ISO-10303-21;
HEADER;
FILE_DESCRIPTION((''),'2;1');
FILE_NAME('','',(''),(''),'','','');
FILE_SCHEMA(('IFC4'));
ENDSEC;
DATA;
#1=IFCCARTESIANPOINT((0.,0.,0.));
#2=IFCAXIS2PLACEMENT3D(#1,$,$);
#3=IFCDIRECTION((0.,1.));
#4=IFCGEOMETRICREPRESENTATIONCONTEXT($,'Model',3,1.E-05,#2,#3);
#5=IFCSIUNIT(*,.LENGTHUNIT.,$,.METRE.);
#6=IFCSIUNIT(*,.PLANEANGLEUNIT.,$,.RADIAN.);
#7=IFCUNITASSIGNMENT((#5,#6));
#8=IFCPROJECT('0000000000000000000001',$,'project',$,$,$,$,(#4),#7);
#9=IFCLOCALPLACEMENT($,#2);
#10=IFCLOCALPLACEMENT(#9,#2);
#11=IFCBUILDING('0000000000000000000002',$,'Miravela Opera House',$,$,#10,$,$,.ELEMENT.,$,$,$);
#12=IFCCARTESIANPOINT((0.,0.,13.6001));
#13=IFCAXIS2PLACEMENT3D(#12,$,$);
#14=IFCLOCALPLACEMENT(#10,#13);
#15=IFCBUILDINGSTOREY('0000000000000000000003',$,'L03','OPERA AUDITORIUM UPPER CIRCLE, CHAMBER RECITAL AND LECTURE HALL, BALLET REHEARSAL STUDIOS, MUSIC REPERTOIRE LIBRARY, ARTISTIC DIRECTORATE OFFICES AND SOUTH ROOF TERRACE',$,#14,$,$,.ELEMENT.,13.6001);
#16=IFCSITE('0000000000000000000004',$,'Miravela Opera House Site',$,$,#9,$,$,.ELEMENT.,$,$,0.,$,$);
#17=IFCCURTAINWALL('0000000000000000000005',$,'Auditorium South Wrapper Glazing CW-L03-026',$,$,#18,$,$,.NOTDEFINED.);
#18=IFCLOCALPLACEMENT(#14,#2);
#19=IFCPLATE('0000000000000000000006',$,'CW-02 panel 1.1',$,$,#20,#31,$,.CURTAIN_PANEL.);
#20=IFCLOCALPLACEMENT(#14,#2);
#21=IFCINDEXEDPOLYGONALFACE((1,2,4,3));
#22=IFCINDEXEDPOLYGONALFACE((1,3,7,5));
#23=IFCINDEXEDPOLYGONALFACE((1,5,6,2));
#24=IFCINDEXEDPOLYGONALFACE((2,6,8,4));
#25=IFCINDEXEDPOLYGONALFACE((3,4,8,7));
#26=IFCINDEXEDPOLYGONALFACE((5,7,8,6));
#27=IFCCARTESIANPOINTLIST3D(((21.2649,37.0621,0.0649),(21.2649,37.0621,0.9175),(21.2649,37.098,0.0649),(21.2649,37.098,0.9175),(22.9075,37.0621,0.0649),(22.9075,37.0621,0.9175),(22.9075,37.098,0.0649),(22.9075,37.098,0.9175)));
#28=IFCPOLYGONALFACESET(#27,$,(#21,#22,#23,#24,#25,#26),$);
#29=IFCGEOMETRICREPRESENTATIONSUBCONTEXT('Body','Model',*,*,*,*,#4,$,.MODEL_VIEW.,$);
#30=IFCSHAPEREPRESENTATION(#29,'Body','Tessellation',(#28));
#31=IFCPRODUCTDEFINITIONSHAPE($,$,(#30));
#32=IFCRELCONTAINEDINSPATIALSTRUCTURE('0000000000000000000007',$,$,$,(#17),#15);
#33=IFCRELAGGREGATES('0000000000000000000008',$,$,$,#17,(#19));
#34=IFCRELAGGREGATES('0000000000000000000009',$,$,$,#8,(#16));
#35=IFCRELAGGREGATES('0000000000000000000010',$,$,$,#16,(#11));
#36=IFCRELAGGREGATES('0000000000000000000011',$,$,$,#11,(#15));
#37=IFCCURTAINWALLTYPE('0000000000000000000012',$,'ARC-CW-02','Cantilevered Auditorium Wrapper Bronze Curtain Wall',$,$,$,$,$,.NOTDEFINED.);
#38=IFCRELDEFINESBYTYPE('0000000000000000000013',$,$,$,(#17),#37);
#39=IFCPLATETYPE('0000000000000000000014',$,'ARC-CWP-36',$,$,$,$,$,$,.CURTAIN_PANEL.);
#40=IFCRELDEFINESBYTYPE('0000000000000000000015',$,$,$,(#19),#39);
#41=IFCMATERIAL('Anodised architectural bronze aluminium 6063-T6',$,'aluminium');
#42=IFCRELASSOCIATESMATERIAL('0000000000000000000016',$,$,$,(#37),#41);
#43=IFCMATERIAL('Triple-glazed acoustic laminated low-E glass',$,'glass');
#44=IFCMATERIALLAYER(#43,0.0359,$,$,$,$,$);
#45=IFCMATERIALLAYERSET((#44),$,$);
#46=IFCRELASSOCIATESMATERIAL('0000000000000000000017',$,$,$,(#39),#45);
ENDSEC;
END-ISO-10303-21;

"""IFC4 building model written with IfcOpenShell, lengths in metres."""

from ifc_helpers import new_model, si_unit, direction, frame, origin, origin_2d, place, context, subcontext, project, spatial, rectangle, extrude, material, layer, layer_set, type_object, element, aggregate, save


model = new_model("IFC4")

# Units and contexts
model_context = context("Model", 3, precision=1e-05, world=origin(), true_north=direction((0.0, 1.0)))
body_context = subcontext(model_context, "Body", "Model", "MODEL_VIEW")
ifc_project = project(units=[si_unit("LENGTHUNIT", "METRE"), si_unit("PLANEANGLEUNIT", "RADIAN")], contexts=[model_context])

# Site, building, storey
site_placement = place(None, origin())
site = spatial("IfcSite", under=ifc_project, at=site_placement, Name="Miravela Opera House Site", CompositionType="ELEMENT", RefElevation=0.0)
building_placement = place(site_placement, origin())
building = spatial("IfcBuilding", under=site, at=building_placement, Name="Miravela Opera House", CompositionType="ELEMENT")
storey_placement = place(building_placement, frame((0.0, 0.0, 13.6001)))
storey = spatial("IfcBuildingStorey", under=building, at=storey_placement, Name="L03", Description="OPERA AUDITORIUM UPPER CIRCLE, CHAMBER RECITAL AND LECTURE HALL, BALLET REHEARSAL STUDIOS, MUSIC REPERTOIRE LIBRARY, ARTISTIC DIRECTORATE OFFICES AND SOUTH ROOF TERRACE", CompositionType="ELEMENT", Elevation=13.6001)

# Shared definitions
ifc_material_1 = material(Name="Anodised architectural bronze aluminium 6063-T6", Category="aluminium")
curtain_wall_type = type_object("IfcCurtainWallType", Name="ARC-CW-02", Description="Cantilevered Auditorium Wrapper Bronze Curtain Wall", PredefinedType="NOTDEFINED", material=ifc_material_1)

# Curtain wall
curtain_wall_1_placement = place(storey_placement, origin())
curtain_wall_1 = element("IfcCurtainWall", 1, at=curtain_wall_1_placement, inside=storey, type_object=curtain_wall_type, Name="Auditorium South Wrapper Glazing CW-L03-026", PredefinedType="NOTDEFINED")

# Plate
ifc_material_2 = material(Name="Triple-glazed acoustic laminated low-E glass", Category="glass")
ifc_layer = layer(ifc_material_2, 0.0359)
ifc_layer_set = layer_set([ifc_layer])
plate_type = type_object("IfcPlateType", Name="ARC-CWP-36", PredefinedType="CURTAIN_PANEL", material=ifc_layer_set)
plate_1_placement = place(storey_placement, frame((22.0862, 37.0801, 0.0649), z_axis=(0.0, 0.0, 1.0), x_axis=(1.0, 0.0, 0.0)))
plate_1 = element("IfcPlate", 2, at=plate_1_placement, type_object=plate_type, Name="CW-02 panel 1.1", PredefinedType="CURTAIN_PANEL", context=body_context, shape_type="SweptSolid", body=[
    extrude(rectangle(XDim=1.6426, YDim=0.0359, at=origin_2d()), origin(), (0.0, 0.0, 1.0), 0.8525),
])
aggregate(curtain_wall_1, [plate_1])

save(model, "model.ifc")
